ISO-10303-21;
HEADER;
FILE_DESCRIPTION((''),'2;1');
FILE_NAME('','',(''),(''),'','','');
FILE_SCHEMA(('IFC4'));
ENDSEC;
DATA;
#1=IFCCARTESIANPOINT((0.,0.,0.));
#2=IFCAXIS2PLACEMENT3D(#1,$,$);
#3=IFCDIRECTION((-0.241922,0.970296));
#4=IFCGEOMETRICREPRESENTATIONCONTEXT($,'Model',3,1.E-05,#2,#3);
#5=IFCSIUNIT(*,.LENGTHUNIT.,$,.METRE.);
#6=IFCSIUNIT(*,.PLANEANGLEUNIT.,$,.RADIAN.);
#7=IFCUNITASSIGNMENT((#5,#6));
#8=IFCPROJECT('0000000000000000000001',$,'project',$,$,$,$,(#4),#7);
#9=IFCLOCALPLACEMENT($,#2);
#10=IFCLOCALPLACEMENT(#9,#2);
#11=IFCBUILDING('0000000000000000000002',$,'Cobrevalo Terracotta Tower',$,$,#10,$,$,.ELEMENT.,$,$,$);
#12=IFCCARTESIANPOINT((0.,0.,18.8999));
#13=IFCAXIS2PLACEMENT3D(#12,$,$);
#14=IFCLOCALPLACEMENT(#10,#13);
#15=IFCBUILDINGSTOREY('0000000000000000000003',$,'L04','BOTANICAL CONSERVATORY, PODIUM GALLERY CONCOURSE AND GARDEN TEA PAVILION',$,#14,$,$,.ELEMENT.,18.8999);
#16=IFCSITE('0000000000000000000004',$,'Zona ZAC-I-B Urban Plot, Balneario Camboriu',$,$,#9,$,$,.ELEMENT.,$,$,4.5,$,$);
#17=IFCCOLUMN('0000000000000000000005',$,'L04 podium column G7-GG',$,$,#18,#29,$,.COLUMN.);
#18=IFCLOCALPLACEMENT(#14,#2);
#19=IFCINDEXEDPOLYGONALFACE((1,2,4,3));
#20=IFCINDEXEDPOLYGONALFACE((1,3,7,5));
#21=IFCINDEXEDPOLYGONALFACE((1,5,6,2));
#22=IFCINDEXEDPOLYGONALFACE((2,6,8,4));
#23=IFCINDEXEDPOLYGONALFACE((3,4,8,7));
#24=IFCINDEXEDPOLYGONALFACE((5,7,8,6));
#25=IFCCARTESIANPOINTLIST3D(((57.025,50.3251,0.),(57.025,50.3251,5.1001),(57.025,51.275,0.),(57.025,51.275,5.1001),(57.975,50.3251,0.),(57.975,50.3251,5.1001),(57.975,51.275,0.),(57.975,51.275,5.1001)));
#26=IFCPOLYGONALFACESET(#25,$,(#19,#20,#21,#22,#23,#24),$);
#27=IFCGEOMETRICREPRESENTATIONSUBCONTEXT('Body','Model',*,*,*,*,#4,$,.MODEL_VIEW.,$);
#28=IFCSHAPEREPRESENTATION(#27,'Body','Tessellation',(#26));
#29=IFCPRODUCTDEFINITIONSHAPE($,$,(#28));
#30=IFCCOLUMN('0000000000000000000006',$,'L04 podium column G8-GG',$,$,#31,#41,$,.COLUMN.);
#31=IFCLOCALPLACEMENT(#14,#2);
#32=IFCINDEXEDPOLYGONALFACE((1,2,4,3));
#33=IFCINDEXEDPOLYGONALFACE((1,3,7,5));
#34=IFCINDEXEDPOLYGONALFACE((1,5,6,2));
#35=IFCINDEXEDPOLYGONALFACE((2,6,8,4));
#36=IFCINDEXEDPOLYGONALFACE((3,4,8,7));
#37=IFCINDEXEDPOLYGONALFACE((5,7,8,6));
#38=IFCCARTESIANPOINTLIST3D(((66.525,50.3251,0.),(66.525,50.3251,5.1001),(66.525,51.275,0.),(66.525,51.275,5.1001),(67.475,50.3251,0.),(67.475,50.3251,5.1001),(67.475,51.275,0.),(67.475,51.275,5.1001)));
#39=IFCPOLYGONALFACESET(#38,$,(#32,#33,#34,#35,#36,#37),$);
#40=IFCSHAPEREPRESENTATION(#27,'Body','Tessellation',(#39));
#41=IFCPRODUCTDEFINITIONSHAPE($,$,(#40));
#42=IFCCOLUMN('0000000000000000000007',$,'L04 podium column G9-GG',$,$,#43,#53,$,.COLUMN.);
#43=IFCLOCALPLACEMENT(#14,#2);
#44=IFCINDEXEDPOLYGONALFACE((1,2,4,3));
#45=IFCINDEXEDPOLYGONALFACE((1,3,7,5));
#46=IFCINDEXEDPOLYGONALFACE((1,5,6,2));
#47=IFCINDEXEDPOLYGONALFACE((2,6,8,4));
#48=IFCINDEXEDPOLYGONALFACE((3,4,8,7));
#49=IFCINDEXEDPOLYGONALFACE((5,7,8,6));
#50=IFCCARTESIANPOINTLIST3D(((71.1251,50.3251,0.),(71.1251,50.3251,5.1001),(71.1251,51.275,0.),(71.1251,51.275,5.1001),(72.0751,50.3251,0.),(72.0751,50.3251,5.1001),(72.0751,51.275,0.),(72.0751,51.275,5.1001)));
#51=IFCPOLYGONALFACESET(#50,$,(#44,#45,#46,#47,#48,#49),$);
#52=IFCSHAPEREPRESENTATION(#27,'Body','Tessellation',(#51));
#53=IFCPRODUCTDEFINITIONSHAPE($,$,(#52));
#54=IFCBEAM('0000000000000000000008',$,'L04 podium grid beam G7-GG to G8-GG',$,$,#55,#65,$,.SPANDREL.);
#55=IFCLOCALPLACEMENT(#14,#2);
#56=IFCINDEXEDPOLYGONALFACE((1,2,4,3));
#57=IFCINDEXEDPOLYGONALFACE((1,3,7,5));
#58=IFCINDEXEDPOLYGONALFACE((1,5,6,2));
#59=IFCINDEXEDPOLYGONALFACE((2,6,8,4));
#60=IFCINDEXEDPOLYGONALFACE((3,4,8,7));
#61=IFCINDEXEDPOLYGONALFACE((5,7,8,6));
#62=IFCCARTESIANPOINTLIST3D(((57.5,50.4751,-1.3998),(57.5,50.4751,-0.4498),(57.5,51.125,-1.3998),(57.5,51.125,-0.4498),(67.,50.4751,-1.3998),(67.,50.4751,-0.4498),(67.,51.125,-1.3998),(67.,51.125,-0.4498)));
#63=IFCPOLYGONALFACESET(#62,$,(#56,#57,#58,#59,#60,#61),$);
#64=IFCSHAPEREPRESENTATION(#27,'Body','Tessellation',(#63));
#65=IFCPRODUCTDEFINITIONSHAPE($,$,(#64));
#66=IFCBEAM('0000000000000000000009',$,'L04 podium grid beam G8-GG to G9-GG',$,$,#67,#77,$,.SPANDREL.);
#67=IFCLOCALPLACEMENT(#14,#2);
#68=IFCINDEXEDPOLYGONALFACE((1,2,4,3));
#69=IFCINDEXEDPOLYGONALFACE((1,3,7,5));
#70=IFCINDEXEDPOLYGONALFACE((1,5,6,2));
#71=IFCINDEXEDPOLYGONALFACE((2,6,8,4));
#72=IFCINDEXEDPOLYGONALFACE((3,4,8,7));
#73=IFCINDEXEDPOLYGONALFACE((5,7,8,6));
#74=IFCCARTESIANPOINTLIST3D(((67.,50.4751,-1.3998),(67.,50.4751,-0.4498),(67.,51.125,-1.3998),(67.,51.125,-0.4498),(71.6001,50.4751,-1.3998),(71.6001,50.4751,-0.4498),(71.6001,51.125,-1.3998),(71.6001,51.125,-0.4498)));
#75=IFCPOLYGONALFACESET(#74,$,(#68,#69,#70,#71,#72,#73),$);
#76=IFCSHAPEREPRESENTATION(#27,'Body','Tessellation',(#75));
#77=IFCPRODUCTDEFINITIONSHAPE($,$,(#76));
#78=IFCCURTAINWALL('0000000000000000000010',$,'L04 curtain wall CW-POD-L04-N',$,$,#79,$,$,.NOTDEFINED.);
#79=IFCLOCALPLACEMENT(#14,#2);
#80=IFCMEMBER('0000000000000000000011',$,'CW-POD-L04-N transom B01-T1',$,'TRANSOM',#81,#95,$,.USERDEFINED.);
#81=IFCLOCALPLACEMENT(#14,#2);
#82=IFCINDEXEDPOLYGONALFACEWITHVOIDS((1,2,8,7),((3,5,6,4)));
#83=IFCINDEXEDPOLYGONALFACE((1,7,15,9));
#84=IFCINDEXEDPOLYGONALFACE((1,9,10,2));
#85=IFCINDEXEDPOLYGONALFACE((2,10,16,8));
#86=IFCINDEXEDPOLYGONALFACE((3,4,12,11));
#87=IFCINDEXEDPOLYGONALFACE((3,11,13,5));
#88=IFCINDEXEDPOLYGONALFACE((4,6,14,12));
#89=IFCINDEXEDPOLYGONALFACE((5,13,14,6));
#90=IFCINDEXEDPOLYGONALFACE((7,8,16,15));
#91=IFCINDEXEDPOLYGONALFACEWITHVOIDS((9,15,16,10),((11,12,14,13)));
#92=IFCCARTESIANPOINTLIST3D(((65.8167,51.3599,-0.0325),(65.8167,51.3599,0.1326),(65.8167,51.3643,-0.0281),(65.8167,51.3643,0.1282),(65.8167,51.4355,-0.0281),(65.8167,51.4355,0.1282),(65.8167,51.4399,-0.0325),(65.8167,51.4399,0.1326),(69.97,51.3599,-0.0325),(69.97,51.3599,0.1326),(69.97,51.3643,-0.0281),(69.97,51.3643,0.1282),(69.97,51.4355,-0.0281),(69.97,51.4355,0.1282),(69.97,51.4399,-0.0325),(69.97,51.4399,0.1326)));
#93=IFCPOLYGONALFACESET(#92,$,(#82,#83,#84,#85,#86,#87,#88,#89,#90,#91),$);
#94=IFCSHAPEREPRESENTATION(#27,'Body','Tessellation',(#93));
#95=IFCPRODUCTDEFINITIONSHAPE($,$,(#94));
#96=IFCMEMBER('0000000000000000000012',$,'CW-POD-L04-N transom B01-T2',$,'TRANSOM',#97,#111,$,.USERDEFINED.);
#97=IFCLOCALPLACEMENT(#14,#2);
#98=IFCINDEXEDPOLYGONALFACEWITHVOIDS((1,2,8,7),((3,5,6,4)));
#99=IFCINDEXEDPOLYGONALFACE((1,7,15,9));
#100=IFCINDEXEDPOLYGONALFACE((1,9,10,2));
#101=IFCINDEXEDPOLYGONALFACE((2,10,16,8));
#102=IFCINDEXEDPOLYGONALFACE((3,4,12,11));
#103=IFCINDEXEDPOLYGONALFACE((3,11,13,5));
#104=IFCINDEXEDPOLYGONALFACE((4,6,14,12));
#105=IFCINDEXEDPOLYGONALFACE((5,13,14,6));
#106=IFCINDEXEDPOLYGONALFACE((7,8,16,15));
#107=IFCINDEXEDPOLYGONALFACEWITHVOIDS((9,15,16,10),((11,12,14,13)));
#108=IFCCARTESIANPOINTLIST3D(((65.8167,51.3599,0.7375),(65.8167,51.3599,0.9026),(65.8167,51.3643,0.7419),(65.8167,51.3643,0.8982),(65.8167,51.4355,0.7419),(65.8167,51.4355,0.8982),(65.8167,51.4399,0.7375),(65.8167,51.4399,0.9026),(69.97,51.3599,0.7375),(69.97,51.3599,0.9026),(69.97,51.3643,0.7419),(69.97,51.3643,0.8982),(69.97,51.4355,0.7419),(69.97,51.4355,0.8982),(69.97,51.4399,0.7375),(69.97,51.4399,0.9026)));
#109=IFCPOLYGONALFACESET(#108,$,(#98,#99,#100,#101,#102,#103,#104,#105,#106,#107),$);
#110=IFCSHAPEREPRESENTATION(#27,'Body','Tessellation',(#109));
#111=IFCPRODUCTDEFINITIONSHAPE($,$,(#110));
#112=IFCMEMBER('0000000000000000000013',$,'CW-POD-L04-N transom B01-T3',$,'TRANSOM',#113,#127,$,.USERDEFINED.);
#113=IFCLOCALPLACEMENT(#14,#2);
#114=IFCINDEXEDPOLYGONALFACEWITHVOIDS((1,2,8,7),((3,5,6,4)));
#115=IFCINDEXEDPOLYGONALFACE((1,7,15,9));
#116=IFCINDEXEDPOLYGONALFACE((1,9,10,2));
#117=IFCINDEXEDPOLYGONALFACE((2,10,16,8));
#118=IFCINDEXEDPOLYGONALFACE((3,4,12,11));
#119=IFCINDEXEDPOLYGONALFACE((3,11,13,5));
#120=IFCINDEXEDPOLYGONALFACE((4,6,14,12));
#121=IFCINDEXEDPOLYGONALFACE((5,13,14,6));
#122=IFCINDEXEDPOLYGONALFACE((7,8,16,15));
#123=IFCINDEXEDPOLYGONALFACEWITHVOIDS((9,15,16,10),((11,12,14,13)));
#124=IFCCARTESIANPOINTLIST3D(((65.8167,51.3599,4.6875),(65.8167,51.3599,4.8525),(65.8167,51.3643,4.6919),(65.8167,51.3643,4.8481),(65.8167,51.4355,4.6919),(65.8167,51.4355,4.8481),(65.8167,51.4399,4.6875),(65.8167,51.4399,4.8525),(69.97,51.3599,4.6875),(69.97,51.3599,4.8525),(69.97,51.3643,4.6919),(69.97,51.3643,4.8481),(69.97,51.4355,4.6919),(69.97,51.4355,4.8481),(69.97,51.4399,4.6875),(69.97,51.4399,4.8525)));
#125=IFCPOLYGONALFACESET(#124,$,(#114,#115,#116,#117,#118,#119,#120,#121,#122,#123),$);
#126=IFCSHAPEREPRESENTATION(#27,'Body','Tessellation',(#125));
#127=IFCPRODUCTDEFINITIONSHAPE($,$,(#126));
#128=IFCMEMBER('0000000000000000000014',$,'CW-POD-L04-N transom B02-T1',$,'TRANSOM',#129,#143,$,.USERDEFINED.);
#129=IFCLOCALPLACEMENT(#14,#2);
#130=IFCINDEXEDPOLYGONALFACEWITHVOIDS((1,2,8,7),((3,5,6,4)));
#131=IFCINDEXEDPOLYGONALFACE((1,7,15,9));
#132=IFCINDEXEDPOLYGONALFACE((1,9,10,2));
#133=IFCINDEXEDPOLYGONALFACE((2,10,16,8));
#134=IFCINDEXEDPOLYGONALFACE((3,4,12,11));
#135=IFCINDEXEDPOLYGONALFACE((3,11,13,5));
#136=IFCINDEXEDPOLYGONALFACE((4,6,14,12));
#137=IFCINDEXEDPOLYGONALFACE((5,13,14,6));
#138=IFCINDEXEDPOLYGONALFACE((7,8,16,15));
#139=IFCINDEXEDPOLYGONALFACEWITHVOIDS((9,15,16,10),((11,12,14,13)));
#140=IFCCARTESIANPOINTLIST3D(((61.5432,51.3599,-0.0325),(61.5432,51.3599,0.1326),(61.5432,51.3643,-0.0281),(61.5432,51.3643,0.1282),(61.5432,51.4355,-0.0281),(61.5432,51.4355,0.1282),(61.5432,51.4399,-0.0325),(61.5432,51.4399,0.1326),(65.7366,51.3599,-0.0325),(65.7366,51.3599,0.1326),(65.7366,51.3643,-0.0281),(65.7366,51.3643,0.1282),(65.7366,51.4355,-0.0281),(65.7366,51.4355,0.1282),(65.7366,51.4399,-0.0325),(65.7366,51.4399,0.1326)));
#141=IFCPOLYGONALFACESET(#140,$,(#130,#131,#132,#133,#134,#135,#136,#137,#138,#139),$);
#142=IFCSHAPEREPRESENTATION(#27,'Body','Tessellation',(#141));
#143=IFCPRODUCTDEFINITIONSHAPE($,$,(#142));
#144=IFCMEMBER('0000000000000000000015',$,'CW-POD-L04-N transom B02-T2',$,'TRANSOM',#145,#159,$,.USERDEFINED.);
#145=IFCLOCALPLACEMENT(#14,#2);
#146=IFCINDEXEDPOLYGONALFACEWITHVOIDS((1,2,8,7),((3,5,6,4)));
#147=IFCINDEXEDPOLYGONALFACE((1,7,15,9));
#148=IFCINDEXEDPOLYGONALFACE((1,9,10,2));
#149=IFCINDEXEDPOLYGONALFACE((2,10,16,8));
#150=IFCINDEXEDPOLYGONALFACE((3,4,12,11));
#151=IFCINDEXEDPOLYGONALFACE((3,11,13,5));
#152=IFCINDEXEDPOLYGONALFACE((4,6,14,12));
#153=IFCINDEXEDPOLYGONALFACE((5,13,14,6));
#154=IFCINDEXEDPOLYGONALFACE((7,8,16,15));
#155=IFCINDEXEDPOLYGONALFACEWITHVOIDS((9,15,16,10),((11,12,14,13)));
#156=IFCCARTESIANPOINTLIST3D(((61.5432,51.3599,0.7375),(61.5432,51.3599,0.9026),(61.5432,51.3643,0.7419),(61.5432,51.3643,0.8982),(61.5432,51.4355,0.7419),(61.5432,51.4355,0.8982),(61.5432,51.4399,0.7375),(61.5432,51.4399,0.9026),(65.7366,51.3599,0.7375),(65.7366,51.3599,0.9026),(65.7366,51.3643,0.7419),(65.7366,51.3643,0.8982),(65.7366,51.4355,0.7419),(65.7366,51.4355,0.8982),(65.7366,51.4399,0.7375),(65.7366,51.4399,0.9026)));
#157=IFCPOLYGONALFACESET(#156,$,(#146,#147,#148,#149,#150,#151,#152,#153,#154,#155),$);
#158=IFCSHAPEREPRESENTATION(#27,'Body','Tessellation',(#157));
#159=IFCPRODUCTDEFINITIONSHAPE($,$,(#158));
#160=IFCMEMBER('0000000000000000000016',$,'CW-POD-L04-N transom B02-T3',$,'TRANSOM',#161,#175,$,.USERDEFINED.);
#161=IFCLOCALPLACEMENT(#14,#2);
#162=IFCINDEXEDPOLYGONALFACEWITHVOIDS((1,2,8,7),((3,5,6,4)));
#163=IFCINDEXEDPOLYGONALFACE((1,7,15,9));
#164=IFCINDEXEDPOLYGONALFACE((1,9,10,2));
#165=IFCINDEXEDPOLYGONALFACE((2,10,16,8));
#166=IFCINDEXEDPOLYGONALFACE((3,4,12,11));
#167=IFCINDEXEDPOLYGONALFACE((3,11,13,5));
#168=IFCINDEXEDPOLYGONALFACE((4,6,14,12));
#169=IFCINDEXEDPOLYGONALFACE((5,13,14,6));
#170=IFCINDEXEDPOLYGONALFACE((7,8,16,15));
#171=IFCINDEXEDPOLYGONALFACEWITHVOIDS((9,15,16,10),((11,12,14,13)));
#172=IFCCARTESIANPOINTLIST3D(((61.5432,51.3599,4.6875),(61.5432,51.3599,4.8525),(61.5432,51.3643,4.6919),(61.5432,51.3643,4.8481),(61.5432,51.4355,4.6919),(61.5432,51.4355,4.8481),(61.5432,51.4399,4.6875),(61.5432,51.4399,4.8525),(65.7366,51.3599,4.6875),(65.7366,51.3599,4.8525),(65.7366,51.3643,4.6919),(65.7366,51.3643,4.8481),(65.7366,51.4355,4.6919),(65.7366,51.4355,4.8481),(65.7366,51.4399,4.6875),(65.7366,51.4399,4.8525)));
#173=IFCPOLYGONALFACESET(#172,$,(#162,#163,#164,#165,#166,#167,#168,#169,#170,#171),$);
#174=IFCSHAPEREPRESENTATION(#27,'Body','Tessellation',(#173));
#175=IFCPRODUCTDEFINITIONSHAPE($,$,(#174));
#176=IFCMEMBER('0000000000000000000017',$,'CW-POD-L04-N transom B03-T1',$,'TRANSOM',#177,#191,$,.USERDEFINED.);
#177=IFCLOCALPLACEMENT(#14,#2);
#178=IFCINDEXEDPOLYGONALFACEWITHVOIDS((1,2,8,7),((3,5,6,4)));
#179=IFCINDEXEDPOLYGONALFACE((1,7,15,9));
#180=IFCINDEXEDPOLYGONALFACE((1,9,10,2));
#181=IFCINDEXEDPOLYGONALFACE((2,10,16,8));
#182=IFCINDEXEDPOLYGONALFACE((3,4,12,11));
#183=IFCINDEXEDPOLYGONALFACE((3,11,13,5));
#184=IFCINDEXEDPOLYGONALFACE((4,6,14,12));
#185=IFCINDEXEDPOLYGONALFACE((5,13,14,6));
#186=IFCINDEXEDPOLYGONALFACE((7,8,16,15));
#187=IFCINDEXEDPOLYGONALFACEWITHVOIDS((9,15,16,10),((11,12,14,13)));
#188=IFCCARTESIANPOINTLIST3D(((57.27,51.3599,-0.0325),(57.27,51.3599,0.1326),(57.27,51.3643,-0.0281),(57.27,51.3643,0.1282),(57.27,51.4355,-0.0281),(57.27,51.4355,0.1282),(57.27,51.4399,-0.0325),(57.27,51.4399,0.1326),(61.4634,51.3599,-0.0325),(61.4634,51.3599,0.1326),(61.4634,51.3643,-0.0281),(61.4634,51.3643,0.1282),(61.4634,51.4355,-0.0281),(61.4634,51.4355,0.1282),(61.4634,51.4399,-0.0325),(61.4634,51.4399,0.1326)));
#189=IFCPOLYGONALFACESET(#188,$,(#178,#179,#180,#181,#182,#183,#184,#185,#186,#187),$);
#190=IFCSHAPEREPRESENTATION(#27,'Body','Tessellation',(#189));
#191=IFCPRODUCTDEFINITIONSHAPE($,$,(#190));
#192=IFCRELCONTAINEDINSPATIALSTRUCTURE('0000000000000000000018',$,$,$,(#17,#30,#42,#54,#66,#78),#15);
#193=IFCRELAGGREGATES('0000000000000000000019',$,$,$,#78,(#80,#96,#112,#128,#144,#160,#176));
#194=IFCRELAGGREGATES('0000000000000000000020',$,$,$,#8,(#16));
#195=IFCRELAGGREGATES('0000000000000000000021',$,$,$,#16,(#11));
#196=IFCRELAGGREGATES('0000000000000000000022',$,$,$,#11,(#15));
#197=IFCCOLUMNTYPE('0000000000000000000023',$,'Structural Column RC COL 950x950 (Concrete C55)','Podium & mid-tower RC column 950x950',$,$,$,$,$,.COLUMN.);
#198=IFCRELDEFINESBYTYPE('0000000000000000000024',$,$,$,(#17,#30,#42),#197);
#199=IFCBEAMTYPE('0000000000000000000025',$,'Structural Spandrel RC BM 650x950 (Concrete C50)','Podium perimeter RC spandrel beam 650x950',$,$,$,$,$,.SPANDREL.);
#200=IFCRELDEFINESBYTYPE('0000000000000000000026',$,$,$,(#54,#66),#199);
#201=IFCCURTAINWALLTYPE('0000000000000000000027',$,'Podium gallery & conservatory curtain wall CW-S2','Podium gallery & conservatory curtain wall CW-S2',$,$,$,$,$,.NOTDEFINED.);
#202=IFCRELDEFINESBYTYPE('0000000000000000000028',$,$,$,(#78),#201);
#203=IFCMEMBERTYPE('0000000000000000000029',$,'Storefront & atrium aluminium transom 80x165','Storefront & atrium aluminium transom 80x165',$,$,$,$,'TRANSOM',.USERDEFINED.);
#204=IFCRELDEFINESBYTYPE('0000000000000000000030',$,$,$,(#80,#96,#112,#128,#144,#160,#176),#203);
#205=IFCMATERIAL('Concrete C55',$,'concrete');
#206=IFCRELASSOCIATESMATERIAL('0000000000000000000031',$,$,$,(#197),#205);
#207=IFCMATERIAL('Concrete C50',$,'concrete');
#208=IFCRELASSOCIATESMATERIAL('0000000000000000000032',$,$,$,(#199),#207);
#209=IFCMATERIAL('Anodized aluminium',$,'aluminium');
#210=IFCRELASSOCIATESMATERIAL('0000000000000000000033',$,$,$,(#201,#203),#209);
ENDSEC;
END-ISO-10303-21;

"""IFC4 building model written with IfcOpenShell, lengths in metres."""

from ifc_helpers import new_model, si_unit, direction, frame, origin, origin_2d, place, context, subcontext, project, spatial, rectangle, hollow_rectangle, extrude, source, transform, mapped, material, material_profile, profile_set, type_object, element, aggregate, save


model = new_model("IFC4")

# Units and contexts
model_context = context("Model", 3, precision=1e-05, world=origin(), true_north=direction((-0.241922, 0.970296)))
body_context = subcontext(model_context, "Body", "Model", "MODEL_VIEW")
ifc_project = project(units=[si_unit("LENGTHUNIT", "METRE"), si_unit("PLANEANGLEUNIT", "RADIAN")], contexts=[model_context])

# Site, building, storey
site_placement = place(None, origin())
site = spatial("IfcSite", under=ifc_project, at=site_placement, Name="Zona ZAC-I-B Urban Plot, Balneario Camboriu", CompositionType="ELEMENT", RefElevation=4.5)
building_placement = place(site_placement, origin())
building = spatial("IfcBuilding", under=site, at=building_placement, Name="Cobrevalo Terracotta Tower", CompositionType="ELEMENT")
storey_placement = place(building_placement, frame((0.0, 0.0, 18.8999)))
storey = spatial("IfcBuildingStorey", under=building, at=storey_placement, Name="L04", Description="BOTANICAL CONSERVATORY, PODIUM GALLERY CONCOURSE AND GARDEN TEA PAVILION", CompositionType="ELEMENT", Elevation=18.8999)

# Columns
ifc_material_1 = material(Name="Concrete C55", Category="concrete")
ifc_material_profile_1 = material_profile(ifc_material_1, rectangle(XDim=0.95, YDim=0.95, at=origin_2d()), Name="RC COL 950x950")
ifc_profile_set_1 = profile_set([ifc_material_profile_1], Name="Concrete C55")
column_type = type_object("IfcColumnType", Name="Structural Column RC COL 950x950 (Concrete C55)", Description="Podium & mid-tower RC column 950x950", PredefinedType="COLUMN", material=ifc_profile_set_1)
for number, where, z_axis, x_axis, name in (
    (1, (57.5, 50.8, 0.0), (0.0, 0.0, 1.0), (1.0, 0.0, 0.0), "L04 podium column G7-GG"),
    (2, (67.0, 50.8, 0.0), (0.0, 0.0, 1.0), (1.0, 0.0, 0.0), "L04 podium column G8-GG"),
    (3, (71.6001, 50.8, 0.0), (0.0, 0.0, 1.0), (1.0, 0.0, 0.0), "L04 podium column G9-GG"),
):
    element("IfcColumn", number, at=place(storey_placement, frame(where, z_axis=z_axis, x_axis=x_axis)), inside=storey, type_object=column_type, Name=name, PredefinedType="COLUMN", context=body_context, shape_type="SweptSolid", body=[
        extrude(rectangle(XDim=0.95, YDim=0.95, at=origin_2d()), origin(), (0.0, 0.0, 1.0), 5.1001),
    ])

# Beams
ifc_material_2 = material(Name="Concrete C50", Category="concrete")
ifc_material_profile_2 = material_profile(ifc_material_2, rectangle(XDim=0.6499, YDim=0.95, at=origin_2d()), Name="RC BM 650x950")
ifc_profile_set_2 = profile_set([ifc_material_profile_2], Name="Concrete C50")
beam_type = type_object("IfcBeamType", Name="Structural Spandrel RC BM 650x950 (Concrete C50)", Description="Podium perimeter RC spandrel beam 650x950", PredefinedType="SPANDREL", material=ifc_profile_set_2)
beam_1_placement = place(storey_placement, frame((57.5, 50.8, -0.9248), z_axis=(1.0, 0.0, 0.0), x_axis=(0.0, 1.0, 0.0)))
element("IfcBeam", 4, at=beam_1_placement, inside=storey, type_object=beam_type, Name="L04 podium grid beam G7-GG to G8-GG", PredefinedType="SPANDREL", context=body_context, shape_type="SweptSolid", body=[
    extrude(rectangle(XDim=0.6499, YDim=0.95, at=origin_2d()), origin(), (0.0, 0.0, 1.0), 9.5),
])
beam_2_placement = place(storey_placement, frame((67.0, 50.8, -0.9248), z_axis=(1.0, 0.0, 0.0), x_axis=(0.0, 1.0, 0.0)))
element("IfcBeam", 5, at=beam_2_placement, inside=storey, type_object=beam_type, Name="L04 podium grid beam G8-GG to G9-GG", PredefinedType="SPANDREL", context=body_context, shape_type="SweptSolid", body=[
    extrude(rectangle(XDim=0.6499, YDim=0.95, at=origin_2d()), origin(), (0.0, 0.0, 1.0), 4.6001),
])

# Curtain wall, members
ifc_material_3 = material(Name="Anodized aluminium", Category="aluminium")
curtain_wall_type = type_object("IfcCurtainWallType", Name="Podium gallery & conservatory curtain wall CW-S2", Description="Podium gallery & conservatory curtain wall CW-S2", PredefinedType="NOTDEFINED", material=ifc_material_3)
curtain_wall_placement = place(storey_placement, origin())
curtain_wall = element("IfcCurtainWall", 6, at=curtain_wall_placement, inside=storey, type_object=curtain_wall_type, Name="L04 curtain wall CW-POD-L04-N", PredefinedType="NOTDEFINED")
ifc_material_profile_3 = material_profile(ifc_material_3, hollow_rectangle(XDim=0.0801, YDim=0.165, WallThickness=0.0044, at=origin_2d()), Name="CWT 80x165")
ifc_profile_set_3 = profile_set([ifc_material_profile_3], Name="Anodized aluminium")
member_type_1 = type_object("IfcMemberType", Name="Storefront & atrium aluminium transom 80x165", Description="Storefront & atrium aluminium transom 80x165", ElementType="TRANSOM", PredefinedType="USERDEFINED", material=ifc_profile_set_3)
shared_shape_1 = source(origin(), body_context, "Body", "SweptSolid", [
    extrude(hollow_rectangle(XDim=0.0801, YDim=0.165, WallThickness=0.0044, at=origin_2d()), origin(), (0.0, 0.0, 1.0), 4.1533),
])
member_1_placement = place(storey_placement, frame((69.97, 51.3999, 0.05), z_axis=(-1.0, 0.0, 0.0), x_axis=(0.0, -1.0, 0.0)))
member_1 = element("IfcMember", 7, at=member_1_placement, type_object=member_type_1, Name="CW-POD-L04-N transom B01-T1", ObjectType="TRANSOM", PredefinedType="USERDEFINED", context=body_context, shape_type="MappedRepresentation", body=[
    mapped(shared_shape_1, transform((0.0, 0.0, 0.0), scale=1.0)),
])
member_2_placement = place(storey_placement, frame((69.97, 51.3999, 0.8201), z_axis=(-1.0, 0.0, 0.0), x_axis=(0.0, -1.0, 0.0)))
member_2 = element("IfcMember", 8, at=member_2_placement, type_object=member_type_1, Name="CW-POD-L04-N transom B01-T2", ObjectType="TRANSOM", PredefinedType="USERDEFINED", context=body_context, shape_type="MappedRepresentation", body=[
    mapped(shared_shape_1, transform((0.0, 0.0, 0.0), scale=1.0)),
])
member_3_placement = place(storey_placement, frame((69.97, 51.3999, 4.77), z_axis=(-1.0, 0.0, 0.0), x_axis=(0.0, -1.0, 0.0)))
member_3 = element("IfcMember", 9, at=member_3_placement, type_object=member_type_1, Name="CW-POD-L04-N transom B01-T3", ObjectType="TRANSOM", PredefinedType="USERDEFINED", context=body_context, shape_type="MappedRepresentation", body=[
    mapped(shared_shape_1, transform((0.0, 0.0, 0.0), scale=1.0)),
])
shared_shape_2 = source(origin(), body_context, "Body", "SweptSolid", [
    extrude(hollow_rectangle(XDim=0.0801, YDim=0.165, WallThickness=0.0044, at=origin_2d()), origin(), (0.0, 0.0, 1.0), 4.1934),
])
member_4_placement = place(storey_placement, frame((65.7366, 51.3999, 0.05), z_axis=(-1.0, 0.0, 0.0), x_axis=(0.0, -1.0, 0.0)))
member_4 = element("IfcMember", 10, at=member_4_placement, type_object=member_type_1, Name="CW-POD-L04-N transom B02-T1", ObjectType="TRANSOM", PredefinedType="USERDEFINED", context=body_context, shape_type="MappedRepresentation", body=[
    mapped(shared_shape_2, transform((0.0, 0.0, 0.0), scale=1.0)),
])
member_5_placement = place(storey_placement, frame((65.7366, 51.3999, 0.8201), z_axis=(-1.0, 0.0, 0.0), x_axis=(0.0, -1.0, 0.0)))
member_5 = element("IfcMember", 11, at=member_5_placement, type_object=member_type_1, Name="CW-POD-L04-N transom B02-T2", ObjectType="TRANSOM", PredefinedType="USERDEFINED", context=body_context, shape_type="MappedRepresentation", body=[
    mapped(shared_shape_2, transform((0.0, 0.0, 0.0), scale=1.0)),
])
member_6_placement = place(storey_placement, frame((65.7366, 51.3999, 4.77), z_axis=(-1.0, 0.0, 0.0), x_axis=(0.0, -1.0, 0.0)))
member_6 = element("IfcMember", 12, at=member_6_placement, type_object=member_type_1, Name="CW-POD-L04-N transom B02-T3", ObjectType="TRANSOM", PredefinedType="USERDEFINED", context=body_context, shape_type="MappedRepresentation", body=[
    mapped(shared_shape_2, transform((0.0, 0.0, 0.0), scale=1.0)),
])
member_7_placement = place(storey_placement, frame((61.4634, 51.3999, 0.05), z_axis=(-1.0, 0.0, 0.0), x_axis=(0.0, -1.0, 0.0)))
member_7 = element("IfcMember", 13, at=member_7_placement, type_object=member_type_1, Name="CW-POD-L04-N transom B03-T1", ObjectType="TRANSOM", PredefinedType="USERDEFINED", context=body_context, shape_type="MappedRepresentation", body=[
    mapped(shared_shape_2, transform((0.0, 0.0, 0.0), scale=1.0)),
])
aggregate(curtain_wall, [member_1, member_2, member_3, member_4, member_5, member_6, member_7])

save(model, "model.ifc")
